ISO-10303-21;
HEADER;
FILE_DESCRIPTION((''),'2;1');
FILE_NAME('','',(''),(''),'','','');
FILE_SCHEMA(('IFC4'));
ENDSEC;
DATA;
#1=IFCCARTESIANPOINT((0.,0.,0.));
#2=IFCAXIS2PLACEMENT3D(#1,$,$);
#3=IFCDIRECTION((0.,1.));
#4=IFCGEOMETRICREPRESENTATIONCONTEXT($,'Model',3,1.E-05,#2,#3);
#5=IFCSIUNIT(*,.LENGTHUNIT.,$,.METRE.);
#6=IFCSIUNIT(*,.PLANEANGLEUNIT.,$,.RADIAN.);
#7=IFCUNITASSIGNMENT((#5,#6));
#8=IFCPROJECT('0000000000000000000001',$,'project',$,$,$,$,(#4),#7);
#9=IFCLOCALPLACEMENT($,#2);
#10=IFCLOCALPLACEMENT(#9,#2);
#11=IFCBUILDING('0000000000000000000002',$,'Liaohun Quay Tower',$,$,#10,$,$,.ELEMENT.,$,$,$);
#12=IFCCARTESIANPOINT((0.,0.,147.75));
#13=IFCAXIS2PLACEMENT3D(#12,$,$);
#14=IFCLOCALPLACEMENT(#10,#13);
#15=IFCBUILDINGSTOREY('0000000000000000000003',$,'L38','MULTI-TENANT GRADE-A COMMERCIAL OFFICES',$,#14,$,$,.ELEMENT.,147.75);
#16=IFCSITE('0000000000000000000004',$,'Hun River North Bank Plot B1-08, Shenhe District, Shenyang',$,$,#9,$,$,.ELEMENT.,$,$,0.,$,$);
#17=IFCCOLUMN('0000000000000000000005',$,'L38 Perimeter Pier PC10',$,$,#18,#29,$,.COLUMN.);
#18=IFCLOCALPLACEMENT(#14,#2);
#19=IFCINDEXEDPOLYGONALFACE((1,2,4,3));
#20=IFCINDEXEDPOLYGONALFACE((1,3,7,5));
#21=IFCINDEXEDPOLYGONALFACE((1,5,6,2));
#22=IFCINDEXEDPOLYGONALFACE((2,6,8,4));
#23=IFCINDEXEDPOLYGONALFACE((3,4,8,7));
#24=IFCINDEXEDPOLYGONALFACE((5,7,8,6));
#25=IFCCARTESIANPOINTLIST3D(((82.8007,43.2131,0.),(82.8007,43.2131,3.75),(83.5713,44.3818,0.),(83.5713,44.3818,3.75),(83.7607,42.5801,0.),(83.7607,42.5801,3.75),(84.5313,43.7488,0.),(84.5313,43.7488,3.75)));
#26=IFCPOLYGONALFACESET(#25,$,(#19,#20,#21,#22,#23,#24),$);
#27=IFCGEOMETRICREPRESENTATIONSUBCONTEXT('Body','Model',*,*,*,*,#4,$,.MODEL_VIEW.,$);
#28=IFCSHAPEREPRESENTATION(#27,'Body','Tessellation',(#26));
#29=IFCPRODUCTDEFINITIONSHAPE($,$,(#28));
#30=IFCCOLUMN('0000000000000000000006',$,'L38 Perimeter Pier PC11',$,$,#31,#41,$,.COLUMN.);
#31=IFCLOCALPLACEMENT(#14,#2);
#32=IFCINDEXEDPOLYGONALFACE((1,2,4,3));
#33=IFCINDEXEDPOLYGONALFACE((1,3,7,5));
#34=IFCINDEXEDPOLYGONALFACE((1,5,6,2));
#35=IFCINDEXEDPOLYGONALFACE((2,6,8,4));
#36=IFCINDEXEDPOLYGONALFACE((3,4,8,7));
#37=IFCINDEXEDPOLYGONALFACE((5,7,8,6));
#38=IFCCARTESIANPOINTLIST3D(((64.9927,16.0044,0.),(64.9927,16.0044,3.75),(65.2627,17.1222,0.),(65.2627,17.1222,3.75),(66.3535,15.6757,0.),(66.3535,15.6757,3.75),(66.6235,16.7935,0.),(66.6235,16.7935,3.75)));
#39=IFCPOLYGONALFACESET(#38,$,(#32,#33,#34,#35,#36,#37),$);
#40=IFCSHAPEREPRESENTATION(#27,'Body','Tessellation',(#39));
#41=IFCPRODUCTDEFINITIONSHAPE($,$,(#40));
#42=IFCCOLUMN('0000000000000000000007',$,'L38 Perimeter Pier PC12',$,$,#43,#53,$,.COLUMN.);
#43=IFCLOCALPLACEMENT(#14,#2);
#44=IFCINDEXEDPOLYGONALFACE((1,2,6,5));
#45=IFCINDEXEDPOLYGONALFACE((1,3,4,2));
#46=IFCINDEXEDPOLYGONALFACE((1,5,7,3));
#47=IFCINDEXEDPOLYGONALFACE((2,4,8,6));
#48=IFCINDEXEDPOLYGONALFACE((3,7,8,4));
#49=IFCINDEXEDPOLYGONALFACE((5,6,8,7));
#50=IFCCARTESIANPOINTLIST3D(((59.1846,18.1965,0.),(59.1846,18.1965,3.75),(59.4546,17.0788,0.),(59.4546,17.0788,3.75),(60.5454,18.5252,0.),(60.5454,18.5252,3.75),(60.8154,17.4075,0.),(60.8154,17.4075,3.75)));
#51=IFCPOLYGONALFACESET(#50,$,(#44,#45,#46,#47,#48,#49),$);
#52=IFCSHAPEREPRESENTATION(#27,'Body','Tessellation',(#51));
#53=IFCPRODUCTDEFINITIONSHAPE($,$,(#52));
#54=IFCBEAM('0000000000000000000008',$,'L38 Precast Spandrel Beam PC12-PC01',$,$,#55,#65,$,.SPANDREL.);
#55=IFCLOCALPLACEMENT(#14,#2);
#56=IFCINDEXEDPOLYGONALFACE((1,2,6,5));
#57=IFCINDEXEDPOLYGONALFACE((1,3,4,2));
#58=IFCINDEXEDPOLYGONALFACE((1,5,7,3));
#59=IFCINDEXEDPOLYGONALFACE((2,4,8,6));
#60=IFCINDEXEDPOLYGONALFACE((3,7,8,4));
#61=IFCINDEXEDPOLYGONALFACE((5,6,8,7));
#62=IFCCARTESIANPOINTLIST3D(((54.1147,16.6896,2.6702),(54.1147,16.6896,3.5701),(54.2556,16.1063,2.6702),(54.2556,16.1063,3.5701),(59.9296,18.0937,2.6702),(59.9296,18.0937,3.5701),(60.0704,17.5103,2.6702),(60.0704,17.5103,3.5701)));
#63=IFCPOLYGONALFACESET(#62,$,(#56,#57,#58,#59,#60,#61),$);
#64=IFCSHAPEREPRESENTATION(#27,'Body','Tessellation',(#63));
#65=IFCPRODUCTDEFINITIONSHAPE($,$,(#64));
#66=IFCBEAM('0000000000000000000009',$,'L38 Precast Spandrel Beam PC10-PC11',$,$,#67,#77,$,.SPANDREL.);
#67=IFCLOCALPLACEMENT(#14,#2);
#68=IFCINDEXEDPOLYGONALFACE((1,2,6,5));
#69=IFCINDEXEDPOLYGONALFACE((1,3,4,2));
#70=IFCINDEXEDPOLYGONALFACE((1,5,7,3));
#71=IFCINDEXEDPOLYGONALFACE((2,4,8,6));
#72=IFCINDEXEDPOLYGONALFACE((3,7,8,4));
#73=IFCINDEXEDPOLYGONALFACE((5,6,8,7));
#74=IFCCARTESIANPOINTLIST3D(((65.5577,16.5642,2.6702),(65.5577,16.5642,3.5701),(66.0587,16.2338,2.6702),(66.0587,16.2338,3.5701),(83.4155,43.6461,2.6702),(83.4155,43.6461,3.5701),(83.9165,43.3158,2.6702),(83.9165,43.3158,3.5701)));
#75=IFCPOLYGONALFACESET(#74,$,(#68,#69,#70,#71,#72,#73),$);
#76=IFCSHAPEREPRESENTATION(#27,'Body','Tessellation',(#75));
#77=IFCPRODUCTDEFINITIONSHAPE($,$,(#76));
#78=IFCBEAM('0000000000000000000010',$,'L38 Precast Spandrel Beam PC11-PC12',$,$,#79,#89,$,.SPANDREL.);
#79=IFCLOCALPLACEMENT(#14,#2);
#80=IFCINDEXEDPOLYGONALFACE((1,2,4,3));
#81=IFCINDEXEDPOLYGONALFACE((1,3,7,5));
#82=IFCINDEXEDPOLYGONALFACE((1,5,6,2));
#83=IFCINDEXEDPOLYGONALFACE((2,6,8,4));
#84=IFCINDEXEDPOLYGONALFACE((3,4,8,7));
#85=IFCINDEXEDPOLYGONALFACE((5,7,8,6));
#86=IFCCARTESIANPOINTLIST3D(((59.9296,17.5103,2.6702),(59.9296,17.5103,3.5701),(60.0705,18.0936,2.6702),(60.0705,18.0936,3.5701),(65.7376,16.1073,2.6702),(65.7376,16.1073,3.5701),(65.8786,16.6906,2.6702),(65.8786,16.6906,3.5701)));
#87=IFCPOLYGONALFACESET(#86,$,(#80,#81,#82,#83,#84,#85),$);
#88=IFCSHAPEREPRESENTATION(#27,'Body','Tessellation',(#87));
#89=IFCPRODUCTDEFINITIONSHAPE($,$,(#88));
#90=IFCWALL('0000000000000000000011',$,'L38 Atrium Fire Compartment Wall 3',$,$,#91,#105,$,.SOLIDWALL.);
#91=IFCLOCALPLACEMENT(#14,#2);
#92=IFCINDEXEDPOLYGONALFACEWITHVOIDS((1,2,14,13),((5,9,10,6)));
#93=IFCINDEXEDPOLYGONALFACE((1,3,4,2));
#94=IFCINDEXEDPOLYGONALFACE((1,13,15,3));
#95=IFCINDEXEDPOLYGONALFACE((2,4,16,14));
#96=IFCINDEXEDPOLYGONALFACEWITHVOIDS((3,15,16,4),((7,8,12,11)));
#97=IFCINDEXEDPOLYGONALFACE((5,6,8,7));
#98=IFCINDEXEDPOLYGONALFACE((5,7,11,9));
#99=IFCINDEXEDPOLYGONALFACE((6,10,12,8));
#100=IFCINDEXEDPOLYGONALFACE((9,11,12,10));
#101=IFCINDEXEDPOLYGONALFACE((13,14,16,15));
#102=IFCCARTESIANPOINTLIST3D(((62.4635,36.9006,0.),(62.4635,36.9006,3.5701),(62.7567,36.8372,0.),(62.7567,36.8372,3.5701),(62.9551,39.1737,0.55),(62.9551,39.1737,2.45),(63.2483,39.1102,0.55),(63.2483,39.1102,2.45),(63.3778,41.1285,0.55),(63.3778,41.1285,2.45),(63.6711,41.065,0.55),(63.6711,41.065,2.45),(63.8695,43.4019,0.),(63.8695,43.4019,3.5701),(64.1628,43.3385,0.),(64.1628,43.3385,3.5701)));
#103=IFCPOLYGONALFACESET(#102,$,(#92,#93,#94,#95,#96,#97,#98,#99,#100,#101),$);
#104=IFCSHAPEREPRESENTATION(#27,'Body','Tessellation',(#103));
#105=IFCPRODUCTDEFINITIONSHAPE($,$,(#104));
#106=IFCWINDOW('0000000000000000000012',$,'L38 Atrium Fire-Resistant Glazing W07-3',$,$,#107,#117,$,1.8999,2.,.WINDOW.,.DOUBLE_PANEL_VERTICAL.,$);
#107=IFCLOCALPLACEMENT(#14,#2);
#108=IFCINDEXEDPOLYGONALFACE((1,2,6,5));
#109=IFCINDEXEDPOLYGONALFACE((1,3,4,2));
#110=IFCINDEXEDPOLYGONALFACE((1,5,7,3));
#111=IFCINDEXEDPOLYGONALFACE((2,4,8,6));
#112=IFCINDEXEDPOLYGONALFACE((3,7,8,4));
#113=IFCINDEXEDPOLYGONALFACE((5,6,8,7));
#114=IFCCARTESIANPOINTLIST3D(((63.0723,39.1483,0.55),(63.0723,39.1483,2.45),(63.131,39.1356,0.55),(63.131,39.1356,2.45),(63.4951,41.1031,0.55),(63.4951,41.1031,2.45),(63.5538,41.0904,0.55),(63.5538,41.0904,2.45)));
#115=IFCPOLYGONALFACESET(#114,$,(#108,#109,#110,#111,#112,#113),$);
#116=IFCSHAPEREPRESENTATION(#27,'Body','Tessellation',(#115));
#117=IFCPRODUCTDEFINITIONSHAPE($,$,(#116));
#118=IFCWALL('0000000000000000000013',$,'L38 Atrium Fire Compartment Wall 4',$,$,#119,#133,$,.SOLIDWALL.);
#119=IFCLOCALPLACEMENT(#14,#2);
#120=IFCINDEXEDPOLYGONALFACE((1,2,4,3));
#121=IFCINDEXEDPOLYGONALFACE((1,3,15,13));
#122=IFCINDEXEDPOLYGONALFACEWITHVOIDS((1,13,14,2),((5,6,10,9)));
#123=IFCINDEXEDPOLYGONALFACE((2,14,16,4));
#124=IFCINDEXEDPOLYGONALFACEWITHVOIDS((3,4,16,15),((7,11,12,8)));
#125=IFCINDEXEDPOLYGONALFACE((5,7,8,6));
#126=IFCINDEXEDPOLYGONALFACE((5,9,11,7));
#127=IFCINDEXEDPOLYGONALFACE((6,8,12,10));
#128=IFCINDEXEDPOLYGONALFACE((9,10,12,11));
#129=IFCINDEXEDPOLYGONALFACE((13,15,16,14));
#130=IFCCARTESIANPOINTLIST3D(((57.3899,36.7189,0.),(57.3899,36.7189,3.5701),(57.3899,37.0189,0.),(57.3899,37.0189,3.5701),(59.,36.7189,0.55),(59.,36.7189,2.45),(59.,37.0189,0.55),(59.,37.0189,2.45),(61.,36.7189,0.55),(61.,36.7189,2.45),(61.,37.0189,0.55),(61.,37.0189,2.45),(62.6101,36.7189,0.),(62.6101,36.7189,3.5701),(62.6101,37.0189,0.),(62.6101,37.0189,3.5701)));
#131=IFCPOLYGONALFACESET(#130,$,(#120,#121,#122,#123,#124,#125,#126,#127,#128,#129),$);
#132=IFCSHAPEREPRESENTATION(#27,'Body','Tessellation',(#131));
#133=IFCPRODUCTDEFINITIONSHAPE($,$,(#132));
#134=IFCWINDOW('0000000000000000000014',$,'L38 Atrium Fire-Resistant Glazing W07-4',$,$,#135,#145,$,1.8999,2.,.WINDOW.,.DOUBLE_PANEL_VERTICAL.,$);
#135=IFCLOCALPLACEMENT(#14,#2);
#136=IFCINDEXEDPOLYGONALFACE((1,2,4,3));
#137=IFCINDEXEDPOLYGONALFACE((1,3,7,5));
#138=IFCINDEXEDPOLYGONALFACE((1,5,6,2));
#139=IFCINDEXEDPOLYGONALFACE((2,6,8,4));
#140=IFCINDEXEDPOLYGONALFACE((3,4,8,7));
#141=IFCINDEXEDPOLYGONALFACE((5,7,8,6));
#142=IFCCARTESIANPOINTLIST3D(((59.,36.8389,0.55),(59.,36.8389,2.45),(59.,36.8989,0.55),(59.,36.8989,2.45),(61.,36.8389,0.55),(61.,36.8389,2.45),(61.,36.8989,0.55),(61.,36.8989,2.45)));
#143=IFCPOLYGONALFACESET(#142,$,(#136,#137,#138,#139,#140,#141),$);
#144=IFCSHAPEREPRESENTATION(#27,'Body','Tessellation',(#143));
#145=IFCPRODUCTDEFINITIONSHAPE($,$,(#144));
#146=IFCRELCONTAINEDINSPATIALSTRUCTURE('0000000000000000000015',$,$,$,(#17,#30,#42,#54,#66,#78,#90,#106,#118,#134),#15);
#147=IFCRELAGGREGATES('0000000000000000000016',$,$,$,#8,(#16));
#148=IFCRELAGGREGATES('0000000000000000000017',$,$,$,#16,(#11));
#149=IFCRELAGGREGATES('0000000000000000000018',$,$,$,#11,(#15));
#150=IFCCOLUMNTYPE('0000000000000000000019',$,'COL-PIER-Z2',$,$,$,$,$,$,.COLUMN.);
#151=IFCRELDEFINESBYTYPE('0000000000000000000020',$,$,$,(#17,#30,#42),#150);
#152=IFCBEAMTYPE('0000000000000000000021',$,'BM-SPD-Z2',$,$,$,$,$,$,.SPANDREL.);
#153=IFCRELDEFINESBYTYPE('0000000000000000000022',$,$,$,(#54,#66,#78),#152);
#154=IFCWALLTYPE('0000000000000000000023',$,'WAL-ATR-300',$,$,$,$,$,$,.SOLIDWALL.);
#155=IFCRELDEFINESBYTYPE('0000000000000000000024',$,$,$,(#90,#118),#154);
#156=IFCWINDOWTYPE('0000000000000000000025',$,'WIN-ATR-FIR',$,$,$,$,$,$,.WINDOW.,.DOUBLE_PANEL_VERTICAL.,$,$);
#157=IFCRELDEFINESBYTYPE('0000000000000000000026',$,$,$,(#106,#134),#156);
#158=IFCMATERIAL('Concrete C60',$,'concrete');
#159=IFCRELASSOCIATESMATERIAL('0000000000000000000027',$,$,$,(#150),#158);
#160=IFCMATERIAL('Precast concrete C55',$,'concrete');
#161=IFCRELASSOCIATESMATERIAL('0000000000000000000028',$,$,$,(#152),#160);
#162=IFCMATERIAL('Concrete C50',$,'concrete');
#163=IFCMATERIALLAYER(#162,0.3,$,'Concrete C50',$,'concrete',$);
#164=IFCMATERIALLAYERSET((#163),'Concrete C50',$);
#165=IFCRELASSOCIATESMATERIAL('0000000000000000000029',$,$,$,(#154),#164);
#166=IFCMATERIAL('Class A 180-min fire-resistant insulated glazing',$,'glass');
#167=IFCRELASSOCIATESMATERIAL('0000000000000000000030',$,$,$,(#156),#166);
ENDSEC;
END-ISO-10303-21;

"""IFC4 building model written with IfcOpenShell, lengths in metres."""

from ifc_helpers import new_model, si_unit, direction, frame, frame_2d, origin, origin_2d, place, context, subcontext, project, spatial, rectangle, extrude, source, transform, mapped, material, layer, layer_set, material_profile, profile_set, type_object, element, fill, save


model = new_model("IFC4")

# Units and contexts
model_context = context("Model", 3, precision=1e-05, world=origin(), true_north=direction((0.0, 1.0)))
body_context = subcontext(model_context, "Body", "Model", "MODEL_VIEW")
ifc_project = project(units=[si_unit("LENGTHUNIT", "METRE"), si_unit("PLANEANGLEUNIT", "RADIAN")], contexts=[model_context])

# Site, building, storey
site_placement = place(None, origin())
site = spatial("IfcSite", under=ifc_project, at=site_placement, Name="Hun River North Bank Plot B1-08, Shenhe District, Shenyang", CompositionType="ELEMENT", RefElevation=0.0)
building_placement = place(site_placement, origin())
building = spatial("IfcBuilding", under=site, at=building_placement, Name="Liaohun Quay Tower", CompositionType="ELEMENT")
storey_placement = place(building_placement, frame((0.0, 0.0, 147.75)))
storey = spatial("IfcBuildingStorey", under=building, at=storey_placement, Name="L38", Description="MULTI-TENANT GRADE-A COMMERCIAL OFFICES", CompositionType="ELEMENT", Elevation=147.75)

# Columns
ifc_material_1 = material(Name="Concrete C60", Category="concrete")
ifc_material_profile_1 = material_profile(ifc_material_1, rectangle(XDim=1.3999, YDim=1.1499, at=origin_2d()), Name="RC1400x1150")
ifc_profile_set_1 = profile_set([ifc_material_profile_1], Name="Concrete C60")
column_type = type_object("IfcColumnType", Name="COL-PIER-Z2", PredefinedType="COLUMN", material=ifc_profile_set_1)
shared_shape_1 = source(origin(), body_context, "Body", "SweptSolid", [
    extrude(rectangle(XDim=1.3999, YDim=1.1499, at=origin_2d()), origin(), (0.0, 0.0, 1.0), 3.75),
])
for number, where, z_axis, x_axis, name in (
    (1, (83.666, 43.481, 0.0), (0.0, 0.0, 1.0), (0.550481, 0.834848, 0.0), "L38 Perimeter Pier PC10"),
    (2, (65.8081, 16.3989, 0.0), (0.0, 0.0, 1.0), (-0.972043, 0.234803, 0.0), "L38 Perimeter Pier PC11"),
    (3, (60.0, 17.802, 0.0), (0.0, 0.0, 1.0), (0.972043, 0.234803, 0.0), "L38 Perimeter Pier PC12"),
):
    element("IfcColumn", number, at=place(storey_placement, frame(where, z_axis=z_axis, x_axis=x_axis)), inside=storey, type_object=column_type, Name=name, PredefinedType="COLUMN", context=body_context, shape_type="MappedRepresentation", body=[
        mapped(shared_shape_1, transform((0.0, 0.0, 0.0), x_axis=(1.0, 0.0, 0.0), y_axis=(0.0, 1.0, 0.0), z_axis=(0.0, 0.0, 1.0), scale=1.0)),
    ])

# Beams
ifc_material_2 = material(Name="Precast concrete C55", Category="concrete")
ifc_material_profile_2 = material_profile(ifc_material_2, rectangle(XDim=0.6001, YDim=0.8999, at=origin_2d()), Name="RC600x900")
ifc_profile_set_2 = profile_set([ifc_material_profile_2], Name="Precast concrete C55")
beam_type = type_object("IfcBeamType", Name="BM-SPD-Z2", PredefinedType="SPANDREL", material=ifc_profile_set_2)
shared_shape_2 = source(origin(), body_context, "Body", "SweptSolid", [
    extrude(rectangle(XDim=0.6001, YDim=0.8999, at=origin_2d()), origin(), (0.0, 0.0, 1.0), 5.9819),
])
beam_1_placement = place(storey_placement, frame((60.0, 17.802, 3.1201), z_axis=(-0.972065, -0.234711, 0.0), x_axis=(0.234711, -0.972065, 0.0)))
element("IfcBeam", 4, at=beam_1_placement, inside=storey, type_object=beam_type, Name="L38 Precast Spandrel Beam PC12-PC01", PredefinedType="SPANDREL", context=body_context, shape_type="MappedRepresentation", body=[
    mapped(shared_shape_2, transform((0.0, 0.0, 0.0), x_axis=(1.0, 0.0, 0.0), y_axis=(0.0, 1.0, 0.0), z_axis=(0.0, 0.0, 1.0), scale=1.0)),
])
shared_shape_3 = source(origin(), body_context, "Body", "SweptSolid", [
    extrude(rectangle(XDim=0.6001, YDim=0.8999, at=origin_2d()), origin(), (0.0, 0.0, 1.0), 32.4397),
])
beam_2_placement = place(storey_placement, frame((83.666, 43.481, 3.1201), z_axis=(-0.550494, -0.834839, 0.0), x_axis=(0.834839, -0.550494, 0.0)))
element("IfcBeam", 5, at=beam_2_placement, inside=storey, type_object=beam_type, Name="L38 Precast Spandrel Beam PC10-PC11", PredefinedType="SPANDREL", context=body_context, shape_type="MappedRepresentation", body=[
    mapped(shared_shape_3, transform((0.0, 0.0, 0.0), x_axis=(1.0, 0.0, 0.0), y_axis=(0.0, 1.0, 0.0), z_axis=(0.0, 0.0, 1.0), scale=1.0)),
])
shared_shape_4 = source(origin(), body_context, "Body", "SweptSolid", [
    extrude(rectangle(XDim=0.6001, YDim=0.8999, at=origin_2d()), origin(), (0.0, 0.0, 1.0), 5.9751),
])
beam_3_placement = place(storey_placement, frame((65.8081, 16.3989, 3.1201), z_axis=(-0.972039, 0.234818, 0.0), x_axis=(-0.234818, -0.972039, 0.0)))
element("IfcBeam", 6, at=beam_3_placement, inside=storey, type_object=beam_type, Name="L38 Precast Spandrel Beam PC11-PC12", PredefinedType="SPANDREL", context=body_context, shape_type="MappedRepresentation", body=[
    mapped(shared_shape_4, transform((0.0, 0.0, 0.0), x_axis=(1.0, 0.0, 0.0), y_axis=(0.0, 1.0, 0.0), z_axis=(0.0, 0.0, 1.0), scale=1.0)),
])

# Walls, openings, windows
ifc_material_3 = material(Name="Concrete C50", Category="concrete")
ifc_layer_1 = layer(ifc_material_3, 0.3, Name="Concrete C50", Category="concrete")
ifc_layer_set_1 = layer_set([ifc_layer_1], Name="Concrete C50")
wall_type_1 = type_object("IfcWallType", Name="WAL-ATR-300", PredefinedType="SOLIDWALL", material=ifc_layer_set_1)
wall_1_placement = place(storey_placement, frame((64.0161, 43.3701, 0.0), z_axis=(0.0, 0.0, 1.0), x_axis=(-0.211381, -0.977404, 0.0)))
wall_1 = element("IfcWall", 7, at=wall_1_placement, inside=storey, type_object=wall_type_1, Name="L38 Atrium Fire Compartment Wall 3", PredefinedType="SOLIDWALL", context=body_context, shape_type="SweptSolid", body=[
    extrude(rectangle(XDim=6.6516, YDim=0.3, at=frame_2d((3.3257, 0.0))), origin(), (0.0, 0.0, 1.0), 3.5701),
])
shared_shape_5 = source(origin(), body_context, "Body", "SweptSolid", [
    extrude(rectangle(XDim=2.0, YDim=1.8999, at=frame_2d((1.0, 0.95))), frame((0.0, 0.1599, 0.0), z_axis=(0.0, -1.0, 0.0), x_axis=(1.0, 0.0, 0.0)), (0.0, 0.0, 1.0), 0.3201),
])
opening_1_placement = place(wall_1_placement, frame((2.3259, 0.0, 0.55)))
opening_1 = element("IfcOpeningElement", 8, at=opening_1_placement, cuts=wall_1, PredefinedType="OPENING", context=body_context, shape_type="MappedRepresentation", body=[
    mapped(shared_shape_5, transform((0.0, 0.0, 0.0), x_axis=(1.0, 0.0, 0.0), y_axis=(0.0, 1.0, 0.0), z_axis=(0.0, 0.0, 1.0), scale=1.0)),
])
ifc_material_4 = material(Name="Class A 180-min fire-resistant insulated glazing", Category="glass")
window_type_1 = type_object("IfcWindowType", Name="WIN-ATR-FIR", PartitioningType="DOUBLE_PANEL_VERTICAL", PredefinedType="WINDOW", material=ifc_material_4)
shared_shape_6 = source(origin(), body_context, "Body", "SweptSolid", [
    extrude(rectangle(XDim=2.0, YDim=1.8999, at=frame_2d((1.0, 0.95))), frame((0.0, 0.03, 0.0), z_axis=(0.0, -1.0, 0.0), x_axis=(1.0, 0.0, 0.0)), (0.0, 0.0, 1.0), 0.0601),
])
window_1_placement = place(opening_1_placement, origin())
window_1 = element("IfcWindow", 9, at=window_1_placement, inside=storey, type_object=window_type_1, Name="L38 Atrium Fire-Resistant Glazing W07-3", OverallHeight=1.8999, OverallWidth=2.0, PartitioningType="DOUBLE_PANEL_VERTICAL", PredefinedType="WINDOW", context=body_context, shape_type="MappedRepresentation", body=[
    mapped(shared_shape_6, transform((0.0, 0.0, 0.0), x_axis=(1.0, 0.0, 0.0), y_axis=(0.0, 1.0, 0.0), z_axis=(0.0, 0.0, 1.0), scale=1.0)),
])
fill(opening_1, window_1)
wall_2_placement = place(storey_placement, frame((62.6101, 36.8689, 0.0), z_axis=(0.0, 0.0, 1.0), x_axis=(-1.0, 0.0, 0.0)))
wall_2 = element("IfcWall", 10, at=wall_2_placement, inside=storey, type_object=wall_type_1, Name="L38 Atrium Fire Compartment Wall 4", PredefinedType="SOLIDWALL", context=body_context, shape_type="SweptSolid", body=[
    extrude(rectangle(XDim=5.2202, YDim=0.3, at=frame_2d((2.6101, 0.0))), origin(), (0.0, 0.0, 1.0), 3.5701),
])
opening_2_placement = place(wall_2_placement, frame((1.6101, 0.0, 0.55)))
opening_2 = element("IfcOpeningElement", 11, at=opening_2_placement, cuts=wall_2, PredefinedType="OPENING", context=body_context, shape_type="MappedRepresentation", body=[
    mapped(shared_shape_5, transform((0.0, 0.0, 0.0), x_axis=(1.0, 0.0, 0.0), y_axis=(0.0, 1.0, 0.0), z_axis=(0.0, 0.0, 1.0), scale=1.0)),
])
window_2_placement = place(opening_2_placement, origin())
window_2 = element("IfcWindow", 12, at=window_2_placement, inside=storey, type_object=window_type_1, Name="L38 Atrium Fire-Resistant Glazing W07-4", OverallHeight=1.8999, OverallWidth=2.0, PartitioningType="DOUBLE_PANEL_VERTICAL", PredefinedType="WINDOW", context=body_context, shape_type="MappedRepresentation", body=[
    mapped(shared_shape_6, transform((0.0, 0.0, 0.0), x_axis=(1.0, 0.0, 0.0), y_axis=(0.0, 1.0, 0.0), z_axis=(0.0, 0.0, 1.0), scale=1.0)),
])
fill(opening_2, window_2)

save(model, "model.ifc")
